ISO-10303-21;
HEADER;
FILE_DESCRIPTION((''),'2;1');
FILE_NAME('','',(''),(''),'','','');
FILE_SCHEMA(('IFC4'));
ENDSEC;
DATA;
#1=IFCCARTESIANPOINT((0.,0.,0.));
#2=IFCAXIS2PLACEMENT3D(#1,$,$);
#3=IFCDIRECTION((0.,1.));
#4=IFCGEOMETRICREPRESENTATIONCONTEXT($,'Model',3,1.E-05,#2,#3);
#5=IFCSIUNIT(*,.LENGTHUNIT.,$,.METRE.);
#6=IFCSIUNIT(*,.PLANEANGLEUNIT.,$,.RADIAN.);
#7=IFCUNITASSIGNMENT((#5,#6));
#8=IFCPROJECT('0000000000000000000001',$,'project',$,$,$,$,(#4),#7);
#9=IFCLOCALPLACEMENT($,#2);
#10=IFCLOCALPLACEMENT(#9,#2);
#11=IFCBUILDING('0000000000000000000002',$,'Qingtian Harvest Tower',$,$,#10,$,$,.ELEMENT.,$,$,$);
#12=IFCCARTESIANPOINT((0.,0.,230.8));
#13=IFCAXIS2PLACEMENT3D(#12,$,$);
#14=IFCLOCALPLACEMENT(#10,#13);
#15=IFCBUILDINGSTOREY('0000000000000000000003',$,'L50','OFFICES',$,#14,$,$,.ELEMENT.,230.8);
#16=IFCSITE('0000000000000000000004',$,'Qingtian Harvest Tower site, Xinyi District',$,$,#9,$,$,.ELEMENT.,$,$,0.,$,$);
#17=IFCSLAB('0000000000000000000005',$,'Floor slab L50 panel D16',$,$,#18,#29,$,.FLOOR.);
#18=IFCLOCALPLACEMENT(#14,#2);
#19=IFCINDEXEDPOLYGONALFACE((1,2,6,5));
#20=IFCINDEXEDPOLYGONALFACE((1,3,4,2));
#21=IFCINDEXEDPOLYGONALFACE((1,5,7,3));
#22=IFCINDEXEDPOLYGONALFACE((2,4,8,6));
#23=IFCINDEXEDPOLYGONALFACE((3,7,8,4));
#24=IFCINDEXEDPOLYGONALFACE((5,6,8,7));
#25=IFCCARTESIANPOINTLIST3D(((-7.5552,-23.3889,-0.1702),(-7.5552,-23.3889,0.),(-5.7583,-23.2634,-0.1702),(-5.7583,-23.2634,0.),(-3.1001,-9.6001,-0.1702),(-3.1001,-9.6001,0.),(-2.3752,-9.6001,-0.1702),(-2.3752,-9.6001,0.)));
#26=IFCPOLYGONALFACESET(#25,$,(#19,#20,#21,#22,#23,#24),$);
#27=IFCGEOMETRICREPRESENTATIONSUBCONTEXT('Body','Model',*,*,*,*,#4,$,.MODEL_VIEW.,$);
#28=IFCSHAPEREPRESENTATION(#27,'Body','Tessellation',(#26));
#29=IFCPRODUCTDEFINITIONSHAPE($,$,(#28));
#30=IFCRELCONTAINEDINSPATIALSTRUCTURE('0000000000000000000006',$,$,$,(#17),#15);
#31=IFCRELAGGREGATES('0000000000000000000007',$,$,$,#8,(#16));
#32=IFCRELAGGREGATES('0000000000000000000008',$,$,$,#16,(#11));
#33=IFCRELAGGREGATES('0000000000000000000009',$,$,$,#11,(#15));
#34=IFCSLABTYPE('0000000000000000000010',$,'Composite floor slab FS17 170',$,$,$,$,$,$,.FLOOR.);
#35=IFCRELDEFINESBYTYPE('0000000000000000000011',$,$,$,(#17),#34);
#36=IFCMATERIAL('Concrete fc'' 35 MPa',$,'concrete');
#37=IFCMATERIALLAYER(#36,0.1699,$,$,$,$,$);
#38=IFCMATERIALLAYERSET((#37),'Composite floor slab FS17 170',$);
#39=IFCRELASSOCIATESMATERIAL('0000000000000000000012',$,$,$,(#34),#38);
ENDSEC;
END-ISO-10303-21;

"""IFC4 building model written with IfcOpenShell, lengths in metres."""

from ifc_helpers import new_model, si_unit, direction, frame, origin, place, context, subcontext, project, spatial, polyline, outline, extrude, material, layer, layer_set, type_object, element, save


model = new_model("IFC4")

# Units and contexts
model_context = context("Model", 3, precision=1e-05, world=origin(), true_north=direction((0.0, 1.0)))
body_context = subcontext(model_context, "Body", "Model", "MODEL_VIEW")
ifc_project = project(units=[si_unit("LENGTHUNIT", "METRE"), si_unit("PLANEANGLEUNIT", "RADIAN")], contexts=[model_context])

# Site, building, storey
site_placement = place(None, origin())
site = spatial("IfcSite", under=ifc_project, at=site_placement, Name="Qingtian Harvest Tower site, Xinyi District", CompositionType="ELEMENT", RefElevation=0.0)
building_placement = place(site_placement, origin())
building = spatial("IfcBuilding", under=site, at=building_placement, Name="Qingtian Harvest Tower", CompositionType="ELEMENT")
storey_placement = place(building_placement, frame((0.0, 0.0, 230.8)))
storey = spatial("IfcBuildingStorey", under=building, at=storey_placement, Name="L50", Description="OFFICES", CompositionType="ELEMENT", Elevation=230.8)

# Slab
ifc_material = material(Name="Concrete fc' 35 MPa", Category="concrete")
ifc_layer = layer(ifc_material, 0.1699)
ifc_layer_set = layer_set([ifc_layer], Name="Composite floor slab FS17 170")
slab_type = type_object("IfcSlabType", Name="Composite floor slab FS17 170", PredefinedType="FLOOR", material=ifc_layer_set)
slab_1_placement = place(storey_placement, frame((0.0, 0.0, -0.1702)))
element("IfcSlab", 1, at=slab_1_placement, inside=storey, type_object=slab_type, Name="Floor slab L50 panel D16", PredefinedType="FLOOR", context=body_context, shape_type="SweptSolid", body=[
    extrude(outline(polyline([(-2.3752, -9.6001), (-5.7583, -23.2634), (-7.5552, -23.3889), (-3.1001, -9.6001), (-2.3752, -9.6001)])), origin(), (0.0, 0.0, 1.0), 0.1702),
])

save(model, "model.ifc")
